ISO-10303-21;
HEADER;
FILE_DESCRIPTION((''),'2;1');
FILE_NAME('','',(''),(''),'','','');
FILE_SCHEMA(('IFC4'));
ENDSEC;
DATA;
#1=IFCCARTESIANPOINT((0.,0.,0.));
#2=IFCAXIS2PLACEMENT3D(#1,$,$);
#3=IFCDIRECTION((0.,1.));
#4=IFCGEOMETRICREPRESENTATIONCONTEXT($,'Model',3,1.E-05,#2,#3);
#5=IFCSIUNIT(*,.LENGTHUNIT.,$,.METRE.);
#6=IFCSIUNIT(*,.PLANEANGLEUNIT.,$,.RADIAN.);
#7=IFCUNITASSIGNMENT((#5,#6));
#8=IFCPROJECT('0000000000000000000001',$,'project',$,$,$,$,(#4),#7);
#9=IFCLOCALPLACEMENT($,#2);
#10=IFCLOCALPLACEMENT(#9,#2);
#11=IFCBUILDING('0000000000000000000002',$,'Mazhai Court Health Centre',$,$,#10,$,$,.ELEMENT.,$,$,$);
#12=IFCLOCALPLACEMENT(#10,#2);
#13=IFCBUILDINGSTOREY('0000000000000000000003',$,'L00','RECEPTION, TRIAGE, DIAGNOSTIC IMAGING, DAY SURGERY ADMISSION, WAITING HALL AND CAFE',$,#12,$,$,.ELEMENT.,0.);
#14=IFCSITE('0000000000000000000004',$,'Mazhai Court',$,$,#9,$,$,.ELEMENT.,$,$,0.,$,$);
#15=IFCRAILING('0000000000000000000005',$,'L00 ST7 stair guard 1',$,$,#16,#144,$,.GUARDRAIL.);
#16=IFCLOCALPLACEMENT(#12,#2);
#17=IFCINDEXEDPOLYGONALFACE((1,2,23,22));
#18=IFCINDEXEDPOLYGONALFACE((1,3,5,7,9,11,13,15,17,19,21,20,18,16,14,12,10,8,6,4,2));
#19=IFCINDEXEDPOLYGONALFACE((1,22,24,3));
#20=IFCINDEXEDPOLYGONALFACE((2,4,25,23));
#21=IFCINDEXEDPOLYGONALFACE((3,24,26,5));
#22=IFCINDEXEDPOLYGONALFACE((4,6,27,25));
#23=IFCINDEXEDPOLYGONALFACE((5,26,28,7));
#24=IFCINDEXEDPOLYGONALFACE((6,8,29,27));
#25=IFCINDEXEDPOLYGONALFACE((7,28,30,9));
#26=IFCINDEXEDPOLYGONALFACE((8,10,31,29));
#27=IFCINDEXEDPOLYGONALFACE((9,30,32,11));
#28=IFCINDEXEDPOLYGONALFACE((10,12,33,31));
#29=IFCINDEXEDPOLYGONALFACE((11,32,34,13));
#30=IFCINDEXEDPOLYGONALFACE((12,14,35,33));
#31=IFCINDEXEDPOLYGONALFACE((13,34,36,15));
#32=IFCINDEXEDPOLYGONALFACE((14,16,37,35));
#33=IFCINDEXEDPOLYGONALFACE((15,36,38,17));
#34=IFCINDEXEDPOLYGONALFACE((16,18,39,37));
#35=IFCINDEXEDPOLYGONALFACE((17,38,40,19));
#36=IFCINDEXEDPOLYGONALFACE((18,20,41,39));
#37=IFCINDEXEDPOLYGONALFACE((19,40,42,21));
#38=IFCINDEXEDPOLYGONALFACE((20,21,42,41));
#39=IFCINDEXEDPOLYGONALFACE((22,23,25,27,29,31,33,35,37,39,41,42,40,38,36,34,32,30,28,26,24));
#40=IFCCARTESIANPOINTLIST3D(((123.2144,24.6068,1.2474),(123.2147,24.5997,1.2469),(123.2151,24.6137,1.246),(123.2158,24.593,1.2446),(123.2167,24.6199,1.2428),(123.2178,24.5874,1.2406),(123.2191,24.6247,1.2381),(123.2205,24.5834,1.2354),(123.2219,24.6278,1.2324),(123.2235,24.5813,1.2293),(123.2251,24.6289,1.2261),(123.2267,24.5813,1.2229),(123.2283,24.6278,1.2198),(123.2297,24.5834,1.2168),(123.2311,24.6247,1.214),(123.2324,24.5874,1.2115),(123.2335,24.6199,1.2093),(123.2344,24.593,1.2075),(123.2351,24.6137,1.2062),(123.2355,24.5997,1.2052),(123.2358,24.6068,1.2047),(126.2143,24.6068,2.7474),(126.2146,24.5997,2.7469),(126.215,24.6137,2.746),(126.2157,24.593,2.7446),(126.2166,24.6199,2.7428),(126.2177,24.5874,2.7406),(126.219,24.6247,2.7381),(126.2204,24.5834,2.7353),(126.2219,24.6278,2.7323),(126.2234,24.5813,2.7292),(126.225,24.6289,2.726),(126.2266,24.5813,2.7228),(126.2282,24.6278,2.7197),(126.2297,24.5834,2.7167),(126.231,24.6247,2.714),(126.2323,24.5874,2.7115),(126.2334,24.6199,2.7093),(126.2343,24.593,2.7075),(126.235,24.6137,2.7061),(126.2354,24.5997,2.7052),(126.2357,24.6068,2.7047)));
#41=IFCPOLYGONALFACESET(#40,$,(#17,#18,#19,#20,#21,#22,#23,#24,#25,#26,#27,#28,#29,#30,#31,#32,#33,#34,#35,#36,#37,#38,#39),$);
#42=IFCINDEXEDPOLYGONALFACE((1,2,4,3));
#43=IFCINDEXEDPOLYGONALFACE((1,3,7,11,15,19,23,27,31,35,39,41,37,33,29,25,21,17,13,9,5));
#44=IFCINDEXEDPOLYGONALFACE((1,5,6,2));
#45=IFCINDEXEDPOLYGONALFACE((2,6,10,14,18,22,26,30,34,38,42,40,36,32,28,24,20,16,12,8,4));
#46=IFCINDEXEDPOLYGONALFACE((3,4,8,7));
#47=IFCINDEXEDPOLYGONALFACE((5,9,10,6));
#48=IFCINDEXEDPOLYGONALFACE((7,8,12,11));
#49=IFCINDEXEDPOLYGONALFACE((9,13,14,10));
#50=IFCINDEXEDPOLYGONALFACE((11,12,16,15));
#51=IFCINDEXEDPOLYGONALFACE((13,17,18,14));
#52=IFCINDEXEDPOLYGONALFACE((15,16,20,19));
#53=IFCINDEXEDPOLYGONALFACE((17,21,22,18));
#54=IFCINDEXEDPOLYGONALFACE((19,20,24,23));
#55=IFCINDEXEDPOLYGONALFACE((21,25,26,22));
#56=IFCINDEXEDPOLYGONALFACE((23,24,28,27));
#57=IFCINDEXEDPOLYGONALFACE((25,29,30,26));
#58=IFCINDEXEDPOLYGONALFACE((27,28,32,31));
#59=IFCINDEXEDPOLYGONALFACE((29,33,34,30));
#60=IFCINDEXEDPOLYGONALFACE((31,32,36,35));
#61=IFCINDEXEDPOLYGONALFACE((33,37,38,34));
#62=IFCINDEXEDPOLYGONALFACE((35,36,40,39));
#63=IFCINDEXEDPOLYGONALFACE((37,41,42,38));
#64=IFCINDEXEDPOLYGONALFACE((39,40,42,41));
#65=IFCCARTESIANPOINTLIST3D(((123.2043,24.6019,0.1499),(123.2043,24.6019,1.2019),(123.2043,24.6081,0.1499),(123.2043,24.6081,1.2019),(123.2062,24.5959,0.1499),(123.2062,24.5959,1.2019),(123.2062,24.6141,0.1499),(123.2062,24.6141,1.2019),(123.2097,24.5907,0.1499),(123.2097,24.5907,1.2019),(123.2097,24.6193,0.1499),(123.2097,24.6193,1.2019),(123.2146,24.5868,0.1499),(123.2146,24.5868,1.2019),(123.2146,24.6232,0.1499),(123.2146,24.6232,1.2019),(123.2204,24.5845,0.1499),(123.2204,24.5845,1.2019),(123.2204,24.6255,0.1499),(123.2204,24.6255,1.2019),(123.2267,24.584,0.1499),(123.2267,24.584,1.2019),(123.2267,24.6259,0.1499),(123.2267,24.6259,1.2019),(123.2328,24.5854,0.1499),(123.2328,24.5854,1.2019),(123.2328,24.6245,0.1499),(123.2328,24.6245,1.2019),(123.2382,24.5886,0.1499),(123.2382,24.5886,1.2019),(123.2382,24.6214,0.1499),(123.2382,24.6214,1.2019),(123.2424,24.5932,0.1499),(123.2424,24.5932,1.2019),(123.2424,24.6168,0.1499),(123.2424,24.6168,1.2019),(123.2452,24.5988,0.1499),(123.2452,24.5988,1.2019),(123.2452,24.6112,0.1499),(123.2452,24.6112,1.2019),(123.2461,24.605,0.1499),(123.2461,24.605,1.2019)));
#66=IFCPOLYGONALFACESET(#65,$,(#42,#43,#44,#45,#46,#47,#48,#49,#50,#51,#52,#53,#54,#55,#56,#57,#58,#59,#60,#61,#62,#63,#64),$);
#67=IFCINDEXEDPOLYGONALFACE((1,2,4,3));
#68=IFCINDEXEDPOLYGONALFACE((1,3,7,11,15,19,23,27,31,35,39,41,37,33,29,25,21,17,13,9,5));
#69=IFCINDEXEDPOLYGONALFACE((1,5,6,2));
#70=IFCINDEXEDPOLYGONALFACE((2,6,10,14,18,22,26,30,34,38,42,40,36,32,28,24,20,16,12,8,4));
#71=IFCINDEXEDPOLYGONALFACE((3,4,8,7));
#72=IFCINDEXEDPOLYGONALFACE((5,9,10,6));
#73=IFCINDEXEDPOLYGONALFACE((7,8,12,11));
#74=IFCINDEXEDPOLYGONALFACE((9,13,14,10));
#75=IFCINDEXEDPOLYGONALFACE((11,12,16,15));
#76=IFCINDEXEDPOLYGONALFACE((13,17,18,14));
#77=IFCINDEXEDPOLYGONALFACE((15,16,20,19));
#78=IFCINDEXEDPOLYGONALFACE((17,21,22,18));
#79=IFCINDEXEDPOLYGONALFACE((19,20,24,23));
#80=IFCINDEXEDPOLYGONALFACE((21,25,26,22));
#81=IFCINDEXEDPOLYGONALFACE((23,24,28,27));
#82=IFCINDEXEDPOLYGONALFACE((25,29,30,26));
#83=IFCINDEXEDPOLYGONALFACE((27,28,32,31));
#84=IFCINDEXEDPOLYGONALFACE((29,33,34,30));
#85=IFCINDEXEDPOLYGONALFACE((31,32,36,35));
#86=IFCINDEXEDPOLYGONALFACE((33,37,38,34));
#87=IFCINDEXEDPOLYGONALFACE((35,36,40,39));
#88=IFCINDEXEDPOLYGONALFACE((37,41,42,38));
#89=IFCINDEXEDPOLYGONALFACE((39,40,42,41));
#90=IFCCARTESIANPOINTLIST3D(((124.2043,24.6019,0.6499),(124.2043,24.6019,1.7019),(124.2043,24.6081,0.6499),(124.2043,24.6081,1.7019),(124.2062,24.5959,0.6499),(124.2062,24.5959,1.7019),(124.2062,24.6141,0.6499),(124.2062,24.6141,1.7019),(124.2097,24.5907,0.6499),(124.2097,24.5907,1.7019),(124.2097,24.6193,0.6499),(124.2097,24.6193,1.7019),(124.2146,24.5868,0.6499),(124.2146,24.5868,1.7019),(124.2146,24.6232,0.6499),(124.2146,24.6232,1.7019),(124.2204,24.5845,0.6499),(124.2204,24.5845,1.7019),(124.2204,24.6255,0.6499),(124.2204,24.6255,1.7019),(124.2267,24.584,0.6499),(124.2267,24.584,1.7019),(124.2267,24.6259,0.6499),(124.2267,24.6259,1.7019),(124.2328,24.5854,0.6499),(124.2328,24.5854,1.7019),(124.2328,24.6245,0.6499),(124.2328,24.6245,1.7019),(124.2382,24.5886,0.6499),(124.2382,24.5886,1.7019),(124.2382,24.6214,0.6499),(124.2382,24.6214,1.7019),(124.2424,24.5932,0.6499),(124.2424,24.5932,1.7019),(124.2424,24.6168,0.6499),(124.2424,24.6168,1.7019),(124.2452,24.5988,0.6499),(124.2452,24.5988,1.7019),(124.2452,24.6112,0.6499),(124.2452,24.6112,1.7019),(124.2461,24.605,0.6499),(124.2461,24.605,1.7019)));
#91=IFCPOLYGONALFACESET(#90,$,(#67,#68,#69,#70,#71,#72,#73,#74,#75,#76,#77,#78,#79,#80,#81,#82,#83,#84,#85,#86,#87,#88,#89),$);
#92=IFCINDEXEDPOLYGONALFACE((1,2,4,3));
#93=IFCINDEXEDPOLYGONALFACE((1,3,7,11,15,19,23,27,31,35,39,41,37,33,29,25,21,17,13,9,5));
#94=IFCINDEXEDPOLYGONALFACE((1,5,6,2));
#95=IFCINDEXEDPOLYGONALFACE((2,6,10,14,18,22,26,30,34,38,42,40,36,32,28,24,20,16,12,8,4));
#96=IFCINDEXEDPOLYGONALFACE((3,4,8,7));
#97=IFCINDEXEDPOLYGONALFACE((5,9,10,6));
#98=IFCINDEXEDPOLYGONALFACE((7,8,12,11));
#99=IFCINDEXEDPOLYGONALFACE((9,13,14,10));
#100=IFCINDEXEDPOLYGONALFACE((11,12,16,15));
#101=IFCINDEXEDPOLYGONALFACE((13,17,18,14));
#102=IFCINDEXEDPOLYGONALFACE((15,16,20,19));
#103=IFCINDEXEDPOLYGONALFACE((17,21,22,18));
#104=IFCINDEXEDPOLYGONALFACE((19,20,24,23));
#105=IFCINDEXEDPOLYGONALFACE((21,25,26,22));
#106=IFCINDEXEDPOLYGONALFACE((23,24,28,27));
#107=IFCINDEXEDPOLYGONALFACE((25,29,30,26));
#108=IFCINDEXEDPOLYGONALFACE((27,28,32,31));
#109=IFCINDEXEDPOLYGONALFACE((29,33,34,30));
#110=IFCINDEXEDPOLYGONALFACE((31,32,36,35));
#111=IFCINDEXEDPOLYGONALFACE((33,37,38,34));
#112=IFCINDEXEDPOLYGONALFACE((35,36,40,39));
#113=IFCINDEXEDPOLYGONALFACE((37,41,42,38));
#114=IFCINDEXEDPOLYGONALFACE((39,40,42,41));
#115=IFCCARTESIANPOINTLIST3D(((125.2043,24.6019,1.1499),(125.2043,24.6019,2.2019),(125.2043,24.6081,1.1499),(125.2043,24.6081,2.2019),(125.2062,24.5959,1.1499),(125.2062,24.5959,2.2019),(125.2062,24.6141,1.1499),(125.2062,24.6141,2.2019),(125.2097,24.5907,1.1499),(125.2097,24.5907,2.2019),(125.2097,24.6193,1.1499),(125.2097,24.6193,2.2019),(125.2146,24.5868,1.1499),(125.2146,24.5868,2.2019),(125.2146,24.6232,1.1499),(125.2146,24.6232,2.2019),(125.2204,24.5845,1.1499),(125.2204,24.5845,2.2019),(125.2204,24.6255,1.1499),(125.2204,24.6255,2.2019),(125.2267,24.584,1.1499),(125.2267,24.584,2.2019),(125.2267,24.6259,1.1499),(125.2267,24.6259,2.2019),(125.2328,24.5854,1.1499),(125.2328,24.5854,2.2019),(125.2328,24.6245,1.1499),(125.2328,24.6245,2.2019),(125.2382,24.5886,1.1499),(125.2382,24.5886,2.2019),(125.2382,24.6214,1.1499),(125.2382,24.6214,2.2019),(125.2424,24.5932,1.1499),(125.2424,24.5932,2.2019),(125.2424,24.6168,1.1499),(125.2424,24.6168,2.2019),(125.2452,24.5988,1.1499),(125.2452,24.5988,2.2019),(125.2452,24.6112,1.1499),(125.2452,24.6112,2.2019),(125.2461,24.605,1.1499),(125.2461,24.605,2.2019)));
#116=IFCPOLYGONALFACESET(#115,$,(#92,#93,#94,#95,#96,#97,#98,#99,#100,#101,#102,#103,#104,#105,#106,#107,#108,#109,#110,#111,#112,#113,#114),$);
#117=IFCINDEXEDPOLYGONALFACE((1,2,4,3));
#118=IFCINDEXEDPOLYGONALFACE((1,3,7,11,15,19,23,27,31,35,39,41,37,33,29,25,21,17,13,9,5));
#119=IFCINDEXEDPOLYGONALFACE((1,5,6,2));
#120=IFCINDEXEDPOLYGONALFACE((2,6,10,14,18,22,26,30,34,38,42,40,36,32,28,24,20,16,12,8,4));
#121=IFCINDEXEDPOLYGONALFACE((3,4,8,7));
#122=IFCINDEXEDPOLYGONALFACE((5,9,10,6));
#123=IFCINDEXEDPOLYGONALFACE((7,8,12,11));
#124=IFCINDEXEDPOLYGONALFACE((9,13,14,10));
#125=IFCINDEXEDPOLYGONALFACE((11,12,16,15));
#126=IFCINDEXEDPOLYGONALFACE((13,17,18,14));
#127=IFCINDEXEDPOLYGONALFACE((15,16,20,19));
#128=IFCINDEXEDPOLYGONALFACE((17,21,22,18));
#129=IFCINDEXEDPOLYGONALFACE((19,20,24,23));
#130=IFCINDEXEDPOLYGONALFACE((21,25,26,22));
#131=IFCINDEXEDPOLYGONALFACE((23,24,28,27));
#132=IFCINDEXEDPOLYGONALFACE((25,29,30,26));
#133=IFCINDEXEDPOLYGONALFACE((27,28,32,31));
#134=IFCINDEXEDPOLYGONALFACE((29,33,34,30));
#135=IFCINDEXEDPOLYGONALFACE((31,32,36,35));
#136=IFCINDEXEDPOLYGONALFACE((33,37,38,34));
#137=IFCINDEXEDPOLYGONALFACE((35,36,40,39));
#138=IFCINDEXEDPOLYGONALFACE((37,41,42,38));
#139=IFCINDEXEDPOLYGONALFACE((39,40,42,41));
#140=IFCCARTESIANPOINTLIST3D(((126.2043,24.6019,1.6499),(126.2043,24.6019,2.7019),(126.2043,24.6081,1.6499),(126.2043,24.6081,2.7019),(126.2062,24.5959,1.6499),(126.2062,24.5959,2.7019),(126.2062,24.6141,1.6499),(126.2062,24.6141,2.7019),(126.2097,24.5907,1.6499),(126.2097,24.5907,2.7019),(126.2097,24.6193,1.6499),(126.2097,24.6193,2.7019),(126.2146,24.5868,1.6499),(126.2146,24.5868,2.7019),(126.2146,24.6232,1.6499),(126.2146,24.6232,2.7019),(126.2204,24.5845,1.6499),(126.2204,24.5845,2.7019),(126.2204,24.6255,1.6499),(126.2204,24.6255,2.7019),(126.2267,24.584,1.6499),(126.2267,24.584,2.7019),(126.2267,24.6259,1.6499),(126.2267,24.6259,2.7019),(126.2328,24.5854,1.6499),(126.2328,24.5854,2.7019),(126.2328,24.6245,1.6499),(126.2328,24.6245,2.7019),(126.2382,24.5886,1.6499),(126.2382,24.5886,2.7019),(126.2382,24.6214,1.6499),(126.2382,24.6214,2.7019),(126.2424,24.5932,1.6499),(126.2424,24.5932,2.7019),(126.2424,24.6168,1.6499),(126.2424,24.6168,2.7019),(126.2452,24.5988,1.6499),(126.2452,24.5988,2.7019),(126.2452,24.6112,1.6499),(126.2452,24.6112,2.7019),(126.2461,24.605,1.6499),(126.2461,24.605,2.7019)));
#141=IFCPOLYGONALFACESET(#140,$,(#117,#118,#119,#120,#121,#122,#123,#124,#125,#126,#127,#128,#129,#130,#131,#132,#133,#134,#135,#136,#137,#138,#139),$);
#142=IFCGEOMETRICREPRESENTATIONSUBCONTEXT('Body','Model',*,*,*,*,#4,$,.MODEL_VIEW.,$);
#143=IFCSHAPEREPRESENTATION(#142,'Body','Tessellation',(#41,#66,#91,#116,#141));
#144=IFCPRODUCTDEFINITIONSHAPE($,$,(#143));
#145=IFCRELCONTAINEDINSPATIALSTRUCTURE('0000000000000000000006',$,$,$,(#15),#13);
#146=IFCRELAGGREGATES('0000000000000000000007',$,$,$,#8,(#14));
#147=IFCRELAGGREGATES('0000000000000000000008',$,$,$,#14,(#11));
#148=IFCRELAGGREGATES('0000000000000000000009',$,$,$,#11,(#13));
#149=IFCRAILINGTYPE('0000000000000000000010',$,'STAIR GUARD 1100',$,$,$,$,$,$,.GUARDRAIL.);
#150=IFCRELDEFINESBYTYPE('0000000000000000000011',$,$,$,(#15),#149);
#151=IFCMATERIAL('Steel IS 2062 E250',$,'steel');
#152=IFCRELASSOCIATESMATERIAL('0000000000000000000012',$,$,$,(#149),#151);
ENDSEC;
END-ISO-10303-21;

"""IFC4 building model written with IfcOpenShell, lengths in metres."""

from ifc_helpers import new_model, si_unit, direction, frame, origin, origin_2d, place, context, subcontext, project, spatial, circle, extrude, material, type_object, element, save


model = new_model("IFC4")

# Units and contexts
model_context = context("Model", 3, precision=1e-05, world=origin(), true_north=direction((0.0, 1.0)))
body_context = subcontext(model_context, "Body", "Model", "MODEL_VIEW")
ifc_project = project(units=[si_unit("LENGTHUNIT", "METRE"), si_unit("PLANEANGLEUNIT", "RADIAN")], contexts=[model_context])

# Site, building, storey
site_placement = place(None, origin())
site = spatial("IfcSite", under=ifc_project, at=site_placement, Name="Mazhai Court", CompositionType="ELEMENT", RefElevation=0.0)
building_placement = place(site_placement, origin())
building = spatial("IfcBuilding", under=site, at=building_placement, Name="Mazhai Court Health Centre", CompositionType="ELEMENT")
storey_placement = place(building_placement, origin())
storey = spatial("IfcBuildingStorey", under=building, at=storey_placement, Name="L00", Description="RECEPTION, TRIAGE, DIAGNOSTIC IMAGING, DAY SURGERY ADMISSION, WAITING HALL AND CAFE", CompositionType="ELEMENT", Elevation=0.0)

# Railing
ifc_material_1 = material(Name="Steel IS 2062 E250", Category="steel")
railing_type_1 = type_object("IfcRailingType", Name="STAIR GUARD 1100", PredefinedType="GUARDRAIL", material=ifc_material_1)
railing_1_placement = place(storey_placement, frame((123.2251, 24.605, 0.1499)))
element("IfcRailing", 1, at=railing_1_placement, inside=storey, type_object=railing_type_1, Name="L00 ST7 stair guard 1", PredefinedType="GUARDRAIL", context=body_context, shape_type="SweptSolid", body=[
    extrude(circle(Radius=0.0239, at=origin_2d()), frame((0.0, 0.0, 1.0762), z_axis=(0.894427, 0.0, 0.447214), x_axis=(0.0, 1.0, 0.0)), (0.0, 0.0, 1.0), 3.354),
    extrude(circle(Radius=0.021, at=origin_2d()), origin(), (0.0, 0.0, 1.0), 1.052),
    extrude(circle(Radius=0.021, at=origin_2d()), frame((1.0, 0.0, 0.5)), (0.0, 0.0, 1.0), 1.052),
    extrude(circle(Radius=0.021, at=origin_2d()), frame((2.0, 0.0, 1.0)), (0.0, 0.0, 1.0), 1.052),
    extrude(circle(Radius=0.021, at=origin_2d()), frame((3.0, 0.0, 1.5)), (0.0, 0.0, 1.0), 1.052),
])

save(model, "model.ifc")
